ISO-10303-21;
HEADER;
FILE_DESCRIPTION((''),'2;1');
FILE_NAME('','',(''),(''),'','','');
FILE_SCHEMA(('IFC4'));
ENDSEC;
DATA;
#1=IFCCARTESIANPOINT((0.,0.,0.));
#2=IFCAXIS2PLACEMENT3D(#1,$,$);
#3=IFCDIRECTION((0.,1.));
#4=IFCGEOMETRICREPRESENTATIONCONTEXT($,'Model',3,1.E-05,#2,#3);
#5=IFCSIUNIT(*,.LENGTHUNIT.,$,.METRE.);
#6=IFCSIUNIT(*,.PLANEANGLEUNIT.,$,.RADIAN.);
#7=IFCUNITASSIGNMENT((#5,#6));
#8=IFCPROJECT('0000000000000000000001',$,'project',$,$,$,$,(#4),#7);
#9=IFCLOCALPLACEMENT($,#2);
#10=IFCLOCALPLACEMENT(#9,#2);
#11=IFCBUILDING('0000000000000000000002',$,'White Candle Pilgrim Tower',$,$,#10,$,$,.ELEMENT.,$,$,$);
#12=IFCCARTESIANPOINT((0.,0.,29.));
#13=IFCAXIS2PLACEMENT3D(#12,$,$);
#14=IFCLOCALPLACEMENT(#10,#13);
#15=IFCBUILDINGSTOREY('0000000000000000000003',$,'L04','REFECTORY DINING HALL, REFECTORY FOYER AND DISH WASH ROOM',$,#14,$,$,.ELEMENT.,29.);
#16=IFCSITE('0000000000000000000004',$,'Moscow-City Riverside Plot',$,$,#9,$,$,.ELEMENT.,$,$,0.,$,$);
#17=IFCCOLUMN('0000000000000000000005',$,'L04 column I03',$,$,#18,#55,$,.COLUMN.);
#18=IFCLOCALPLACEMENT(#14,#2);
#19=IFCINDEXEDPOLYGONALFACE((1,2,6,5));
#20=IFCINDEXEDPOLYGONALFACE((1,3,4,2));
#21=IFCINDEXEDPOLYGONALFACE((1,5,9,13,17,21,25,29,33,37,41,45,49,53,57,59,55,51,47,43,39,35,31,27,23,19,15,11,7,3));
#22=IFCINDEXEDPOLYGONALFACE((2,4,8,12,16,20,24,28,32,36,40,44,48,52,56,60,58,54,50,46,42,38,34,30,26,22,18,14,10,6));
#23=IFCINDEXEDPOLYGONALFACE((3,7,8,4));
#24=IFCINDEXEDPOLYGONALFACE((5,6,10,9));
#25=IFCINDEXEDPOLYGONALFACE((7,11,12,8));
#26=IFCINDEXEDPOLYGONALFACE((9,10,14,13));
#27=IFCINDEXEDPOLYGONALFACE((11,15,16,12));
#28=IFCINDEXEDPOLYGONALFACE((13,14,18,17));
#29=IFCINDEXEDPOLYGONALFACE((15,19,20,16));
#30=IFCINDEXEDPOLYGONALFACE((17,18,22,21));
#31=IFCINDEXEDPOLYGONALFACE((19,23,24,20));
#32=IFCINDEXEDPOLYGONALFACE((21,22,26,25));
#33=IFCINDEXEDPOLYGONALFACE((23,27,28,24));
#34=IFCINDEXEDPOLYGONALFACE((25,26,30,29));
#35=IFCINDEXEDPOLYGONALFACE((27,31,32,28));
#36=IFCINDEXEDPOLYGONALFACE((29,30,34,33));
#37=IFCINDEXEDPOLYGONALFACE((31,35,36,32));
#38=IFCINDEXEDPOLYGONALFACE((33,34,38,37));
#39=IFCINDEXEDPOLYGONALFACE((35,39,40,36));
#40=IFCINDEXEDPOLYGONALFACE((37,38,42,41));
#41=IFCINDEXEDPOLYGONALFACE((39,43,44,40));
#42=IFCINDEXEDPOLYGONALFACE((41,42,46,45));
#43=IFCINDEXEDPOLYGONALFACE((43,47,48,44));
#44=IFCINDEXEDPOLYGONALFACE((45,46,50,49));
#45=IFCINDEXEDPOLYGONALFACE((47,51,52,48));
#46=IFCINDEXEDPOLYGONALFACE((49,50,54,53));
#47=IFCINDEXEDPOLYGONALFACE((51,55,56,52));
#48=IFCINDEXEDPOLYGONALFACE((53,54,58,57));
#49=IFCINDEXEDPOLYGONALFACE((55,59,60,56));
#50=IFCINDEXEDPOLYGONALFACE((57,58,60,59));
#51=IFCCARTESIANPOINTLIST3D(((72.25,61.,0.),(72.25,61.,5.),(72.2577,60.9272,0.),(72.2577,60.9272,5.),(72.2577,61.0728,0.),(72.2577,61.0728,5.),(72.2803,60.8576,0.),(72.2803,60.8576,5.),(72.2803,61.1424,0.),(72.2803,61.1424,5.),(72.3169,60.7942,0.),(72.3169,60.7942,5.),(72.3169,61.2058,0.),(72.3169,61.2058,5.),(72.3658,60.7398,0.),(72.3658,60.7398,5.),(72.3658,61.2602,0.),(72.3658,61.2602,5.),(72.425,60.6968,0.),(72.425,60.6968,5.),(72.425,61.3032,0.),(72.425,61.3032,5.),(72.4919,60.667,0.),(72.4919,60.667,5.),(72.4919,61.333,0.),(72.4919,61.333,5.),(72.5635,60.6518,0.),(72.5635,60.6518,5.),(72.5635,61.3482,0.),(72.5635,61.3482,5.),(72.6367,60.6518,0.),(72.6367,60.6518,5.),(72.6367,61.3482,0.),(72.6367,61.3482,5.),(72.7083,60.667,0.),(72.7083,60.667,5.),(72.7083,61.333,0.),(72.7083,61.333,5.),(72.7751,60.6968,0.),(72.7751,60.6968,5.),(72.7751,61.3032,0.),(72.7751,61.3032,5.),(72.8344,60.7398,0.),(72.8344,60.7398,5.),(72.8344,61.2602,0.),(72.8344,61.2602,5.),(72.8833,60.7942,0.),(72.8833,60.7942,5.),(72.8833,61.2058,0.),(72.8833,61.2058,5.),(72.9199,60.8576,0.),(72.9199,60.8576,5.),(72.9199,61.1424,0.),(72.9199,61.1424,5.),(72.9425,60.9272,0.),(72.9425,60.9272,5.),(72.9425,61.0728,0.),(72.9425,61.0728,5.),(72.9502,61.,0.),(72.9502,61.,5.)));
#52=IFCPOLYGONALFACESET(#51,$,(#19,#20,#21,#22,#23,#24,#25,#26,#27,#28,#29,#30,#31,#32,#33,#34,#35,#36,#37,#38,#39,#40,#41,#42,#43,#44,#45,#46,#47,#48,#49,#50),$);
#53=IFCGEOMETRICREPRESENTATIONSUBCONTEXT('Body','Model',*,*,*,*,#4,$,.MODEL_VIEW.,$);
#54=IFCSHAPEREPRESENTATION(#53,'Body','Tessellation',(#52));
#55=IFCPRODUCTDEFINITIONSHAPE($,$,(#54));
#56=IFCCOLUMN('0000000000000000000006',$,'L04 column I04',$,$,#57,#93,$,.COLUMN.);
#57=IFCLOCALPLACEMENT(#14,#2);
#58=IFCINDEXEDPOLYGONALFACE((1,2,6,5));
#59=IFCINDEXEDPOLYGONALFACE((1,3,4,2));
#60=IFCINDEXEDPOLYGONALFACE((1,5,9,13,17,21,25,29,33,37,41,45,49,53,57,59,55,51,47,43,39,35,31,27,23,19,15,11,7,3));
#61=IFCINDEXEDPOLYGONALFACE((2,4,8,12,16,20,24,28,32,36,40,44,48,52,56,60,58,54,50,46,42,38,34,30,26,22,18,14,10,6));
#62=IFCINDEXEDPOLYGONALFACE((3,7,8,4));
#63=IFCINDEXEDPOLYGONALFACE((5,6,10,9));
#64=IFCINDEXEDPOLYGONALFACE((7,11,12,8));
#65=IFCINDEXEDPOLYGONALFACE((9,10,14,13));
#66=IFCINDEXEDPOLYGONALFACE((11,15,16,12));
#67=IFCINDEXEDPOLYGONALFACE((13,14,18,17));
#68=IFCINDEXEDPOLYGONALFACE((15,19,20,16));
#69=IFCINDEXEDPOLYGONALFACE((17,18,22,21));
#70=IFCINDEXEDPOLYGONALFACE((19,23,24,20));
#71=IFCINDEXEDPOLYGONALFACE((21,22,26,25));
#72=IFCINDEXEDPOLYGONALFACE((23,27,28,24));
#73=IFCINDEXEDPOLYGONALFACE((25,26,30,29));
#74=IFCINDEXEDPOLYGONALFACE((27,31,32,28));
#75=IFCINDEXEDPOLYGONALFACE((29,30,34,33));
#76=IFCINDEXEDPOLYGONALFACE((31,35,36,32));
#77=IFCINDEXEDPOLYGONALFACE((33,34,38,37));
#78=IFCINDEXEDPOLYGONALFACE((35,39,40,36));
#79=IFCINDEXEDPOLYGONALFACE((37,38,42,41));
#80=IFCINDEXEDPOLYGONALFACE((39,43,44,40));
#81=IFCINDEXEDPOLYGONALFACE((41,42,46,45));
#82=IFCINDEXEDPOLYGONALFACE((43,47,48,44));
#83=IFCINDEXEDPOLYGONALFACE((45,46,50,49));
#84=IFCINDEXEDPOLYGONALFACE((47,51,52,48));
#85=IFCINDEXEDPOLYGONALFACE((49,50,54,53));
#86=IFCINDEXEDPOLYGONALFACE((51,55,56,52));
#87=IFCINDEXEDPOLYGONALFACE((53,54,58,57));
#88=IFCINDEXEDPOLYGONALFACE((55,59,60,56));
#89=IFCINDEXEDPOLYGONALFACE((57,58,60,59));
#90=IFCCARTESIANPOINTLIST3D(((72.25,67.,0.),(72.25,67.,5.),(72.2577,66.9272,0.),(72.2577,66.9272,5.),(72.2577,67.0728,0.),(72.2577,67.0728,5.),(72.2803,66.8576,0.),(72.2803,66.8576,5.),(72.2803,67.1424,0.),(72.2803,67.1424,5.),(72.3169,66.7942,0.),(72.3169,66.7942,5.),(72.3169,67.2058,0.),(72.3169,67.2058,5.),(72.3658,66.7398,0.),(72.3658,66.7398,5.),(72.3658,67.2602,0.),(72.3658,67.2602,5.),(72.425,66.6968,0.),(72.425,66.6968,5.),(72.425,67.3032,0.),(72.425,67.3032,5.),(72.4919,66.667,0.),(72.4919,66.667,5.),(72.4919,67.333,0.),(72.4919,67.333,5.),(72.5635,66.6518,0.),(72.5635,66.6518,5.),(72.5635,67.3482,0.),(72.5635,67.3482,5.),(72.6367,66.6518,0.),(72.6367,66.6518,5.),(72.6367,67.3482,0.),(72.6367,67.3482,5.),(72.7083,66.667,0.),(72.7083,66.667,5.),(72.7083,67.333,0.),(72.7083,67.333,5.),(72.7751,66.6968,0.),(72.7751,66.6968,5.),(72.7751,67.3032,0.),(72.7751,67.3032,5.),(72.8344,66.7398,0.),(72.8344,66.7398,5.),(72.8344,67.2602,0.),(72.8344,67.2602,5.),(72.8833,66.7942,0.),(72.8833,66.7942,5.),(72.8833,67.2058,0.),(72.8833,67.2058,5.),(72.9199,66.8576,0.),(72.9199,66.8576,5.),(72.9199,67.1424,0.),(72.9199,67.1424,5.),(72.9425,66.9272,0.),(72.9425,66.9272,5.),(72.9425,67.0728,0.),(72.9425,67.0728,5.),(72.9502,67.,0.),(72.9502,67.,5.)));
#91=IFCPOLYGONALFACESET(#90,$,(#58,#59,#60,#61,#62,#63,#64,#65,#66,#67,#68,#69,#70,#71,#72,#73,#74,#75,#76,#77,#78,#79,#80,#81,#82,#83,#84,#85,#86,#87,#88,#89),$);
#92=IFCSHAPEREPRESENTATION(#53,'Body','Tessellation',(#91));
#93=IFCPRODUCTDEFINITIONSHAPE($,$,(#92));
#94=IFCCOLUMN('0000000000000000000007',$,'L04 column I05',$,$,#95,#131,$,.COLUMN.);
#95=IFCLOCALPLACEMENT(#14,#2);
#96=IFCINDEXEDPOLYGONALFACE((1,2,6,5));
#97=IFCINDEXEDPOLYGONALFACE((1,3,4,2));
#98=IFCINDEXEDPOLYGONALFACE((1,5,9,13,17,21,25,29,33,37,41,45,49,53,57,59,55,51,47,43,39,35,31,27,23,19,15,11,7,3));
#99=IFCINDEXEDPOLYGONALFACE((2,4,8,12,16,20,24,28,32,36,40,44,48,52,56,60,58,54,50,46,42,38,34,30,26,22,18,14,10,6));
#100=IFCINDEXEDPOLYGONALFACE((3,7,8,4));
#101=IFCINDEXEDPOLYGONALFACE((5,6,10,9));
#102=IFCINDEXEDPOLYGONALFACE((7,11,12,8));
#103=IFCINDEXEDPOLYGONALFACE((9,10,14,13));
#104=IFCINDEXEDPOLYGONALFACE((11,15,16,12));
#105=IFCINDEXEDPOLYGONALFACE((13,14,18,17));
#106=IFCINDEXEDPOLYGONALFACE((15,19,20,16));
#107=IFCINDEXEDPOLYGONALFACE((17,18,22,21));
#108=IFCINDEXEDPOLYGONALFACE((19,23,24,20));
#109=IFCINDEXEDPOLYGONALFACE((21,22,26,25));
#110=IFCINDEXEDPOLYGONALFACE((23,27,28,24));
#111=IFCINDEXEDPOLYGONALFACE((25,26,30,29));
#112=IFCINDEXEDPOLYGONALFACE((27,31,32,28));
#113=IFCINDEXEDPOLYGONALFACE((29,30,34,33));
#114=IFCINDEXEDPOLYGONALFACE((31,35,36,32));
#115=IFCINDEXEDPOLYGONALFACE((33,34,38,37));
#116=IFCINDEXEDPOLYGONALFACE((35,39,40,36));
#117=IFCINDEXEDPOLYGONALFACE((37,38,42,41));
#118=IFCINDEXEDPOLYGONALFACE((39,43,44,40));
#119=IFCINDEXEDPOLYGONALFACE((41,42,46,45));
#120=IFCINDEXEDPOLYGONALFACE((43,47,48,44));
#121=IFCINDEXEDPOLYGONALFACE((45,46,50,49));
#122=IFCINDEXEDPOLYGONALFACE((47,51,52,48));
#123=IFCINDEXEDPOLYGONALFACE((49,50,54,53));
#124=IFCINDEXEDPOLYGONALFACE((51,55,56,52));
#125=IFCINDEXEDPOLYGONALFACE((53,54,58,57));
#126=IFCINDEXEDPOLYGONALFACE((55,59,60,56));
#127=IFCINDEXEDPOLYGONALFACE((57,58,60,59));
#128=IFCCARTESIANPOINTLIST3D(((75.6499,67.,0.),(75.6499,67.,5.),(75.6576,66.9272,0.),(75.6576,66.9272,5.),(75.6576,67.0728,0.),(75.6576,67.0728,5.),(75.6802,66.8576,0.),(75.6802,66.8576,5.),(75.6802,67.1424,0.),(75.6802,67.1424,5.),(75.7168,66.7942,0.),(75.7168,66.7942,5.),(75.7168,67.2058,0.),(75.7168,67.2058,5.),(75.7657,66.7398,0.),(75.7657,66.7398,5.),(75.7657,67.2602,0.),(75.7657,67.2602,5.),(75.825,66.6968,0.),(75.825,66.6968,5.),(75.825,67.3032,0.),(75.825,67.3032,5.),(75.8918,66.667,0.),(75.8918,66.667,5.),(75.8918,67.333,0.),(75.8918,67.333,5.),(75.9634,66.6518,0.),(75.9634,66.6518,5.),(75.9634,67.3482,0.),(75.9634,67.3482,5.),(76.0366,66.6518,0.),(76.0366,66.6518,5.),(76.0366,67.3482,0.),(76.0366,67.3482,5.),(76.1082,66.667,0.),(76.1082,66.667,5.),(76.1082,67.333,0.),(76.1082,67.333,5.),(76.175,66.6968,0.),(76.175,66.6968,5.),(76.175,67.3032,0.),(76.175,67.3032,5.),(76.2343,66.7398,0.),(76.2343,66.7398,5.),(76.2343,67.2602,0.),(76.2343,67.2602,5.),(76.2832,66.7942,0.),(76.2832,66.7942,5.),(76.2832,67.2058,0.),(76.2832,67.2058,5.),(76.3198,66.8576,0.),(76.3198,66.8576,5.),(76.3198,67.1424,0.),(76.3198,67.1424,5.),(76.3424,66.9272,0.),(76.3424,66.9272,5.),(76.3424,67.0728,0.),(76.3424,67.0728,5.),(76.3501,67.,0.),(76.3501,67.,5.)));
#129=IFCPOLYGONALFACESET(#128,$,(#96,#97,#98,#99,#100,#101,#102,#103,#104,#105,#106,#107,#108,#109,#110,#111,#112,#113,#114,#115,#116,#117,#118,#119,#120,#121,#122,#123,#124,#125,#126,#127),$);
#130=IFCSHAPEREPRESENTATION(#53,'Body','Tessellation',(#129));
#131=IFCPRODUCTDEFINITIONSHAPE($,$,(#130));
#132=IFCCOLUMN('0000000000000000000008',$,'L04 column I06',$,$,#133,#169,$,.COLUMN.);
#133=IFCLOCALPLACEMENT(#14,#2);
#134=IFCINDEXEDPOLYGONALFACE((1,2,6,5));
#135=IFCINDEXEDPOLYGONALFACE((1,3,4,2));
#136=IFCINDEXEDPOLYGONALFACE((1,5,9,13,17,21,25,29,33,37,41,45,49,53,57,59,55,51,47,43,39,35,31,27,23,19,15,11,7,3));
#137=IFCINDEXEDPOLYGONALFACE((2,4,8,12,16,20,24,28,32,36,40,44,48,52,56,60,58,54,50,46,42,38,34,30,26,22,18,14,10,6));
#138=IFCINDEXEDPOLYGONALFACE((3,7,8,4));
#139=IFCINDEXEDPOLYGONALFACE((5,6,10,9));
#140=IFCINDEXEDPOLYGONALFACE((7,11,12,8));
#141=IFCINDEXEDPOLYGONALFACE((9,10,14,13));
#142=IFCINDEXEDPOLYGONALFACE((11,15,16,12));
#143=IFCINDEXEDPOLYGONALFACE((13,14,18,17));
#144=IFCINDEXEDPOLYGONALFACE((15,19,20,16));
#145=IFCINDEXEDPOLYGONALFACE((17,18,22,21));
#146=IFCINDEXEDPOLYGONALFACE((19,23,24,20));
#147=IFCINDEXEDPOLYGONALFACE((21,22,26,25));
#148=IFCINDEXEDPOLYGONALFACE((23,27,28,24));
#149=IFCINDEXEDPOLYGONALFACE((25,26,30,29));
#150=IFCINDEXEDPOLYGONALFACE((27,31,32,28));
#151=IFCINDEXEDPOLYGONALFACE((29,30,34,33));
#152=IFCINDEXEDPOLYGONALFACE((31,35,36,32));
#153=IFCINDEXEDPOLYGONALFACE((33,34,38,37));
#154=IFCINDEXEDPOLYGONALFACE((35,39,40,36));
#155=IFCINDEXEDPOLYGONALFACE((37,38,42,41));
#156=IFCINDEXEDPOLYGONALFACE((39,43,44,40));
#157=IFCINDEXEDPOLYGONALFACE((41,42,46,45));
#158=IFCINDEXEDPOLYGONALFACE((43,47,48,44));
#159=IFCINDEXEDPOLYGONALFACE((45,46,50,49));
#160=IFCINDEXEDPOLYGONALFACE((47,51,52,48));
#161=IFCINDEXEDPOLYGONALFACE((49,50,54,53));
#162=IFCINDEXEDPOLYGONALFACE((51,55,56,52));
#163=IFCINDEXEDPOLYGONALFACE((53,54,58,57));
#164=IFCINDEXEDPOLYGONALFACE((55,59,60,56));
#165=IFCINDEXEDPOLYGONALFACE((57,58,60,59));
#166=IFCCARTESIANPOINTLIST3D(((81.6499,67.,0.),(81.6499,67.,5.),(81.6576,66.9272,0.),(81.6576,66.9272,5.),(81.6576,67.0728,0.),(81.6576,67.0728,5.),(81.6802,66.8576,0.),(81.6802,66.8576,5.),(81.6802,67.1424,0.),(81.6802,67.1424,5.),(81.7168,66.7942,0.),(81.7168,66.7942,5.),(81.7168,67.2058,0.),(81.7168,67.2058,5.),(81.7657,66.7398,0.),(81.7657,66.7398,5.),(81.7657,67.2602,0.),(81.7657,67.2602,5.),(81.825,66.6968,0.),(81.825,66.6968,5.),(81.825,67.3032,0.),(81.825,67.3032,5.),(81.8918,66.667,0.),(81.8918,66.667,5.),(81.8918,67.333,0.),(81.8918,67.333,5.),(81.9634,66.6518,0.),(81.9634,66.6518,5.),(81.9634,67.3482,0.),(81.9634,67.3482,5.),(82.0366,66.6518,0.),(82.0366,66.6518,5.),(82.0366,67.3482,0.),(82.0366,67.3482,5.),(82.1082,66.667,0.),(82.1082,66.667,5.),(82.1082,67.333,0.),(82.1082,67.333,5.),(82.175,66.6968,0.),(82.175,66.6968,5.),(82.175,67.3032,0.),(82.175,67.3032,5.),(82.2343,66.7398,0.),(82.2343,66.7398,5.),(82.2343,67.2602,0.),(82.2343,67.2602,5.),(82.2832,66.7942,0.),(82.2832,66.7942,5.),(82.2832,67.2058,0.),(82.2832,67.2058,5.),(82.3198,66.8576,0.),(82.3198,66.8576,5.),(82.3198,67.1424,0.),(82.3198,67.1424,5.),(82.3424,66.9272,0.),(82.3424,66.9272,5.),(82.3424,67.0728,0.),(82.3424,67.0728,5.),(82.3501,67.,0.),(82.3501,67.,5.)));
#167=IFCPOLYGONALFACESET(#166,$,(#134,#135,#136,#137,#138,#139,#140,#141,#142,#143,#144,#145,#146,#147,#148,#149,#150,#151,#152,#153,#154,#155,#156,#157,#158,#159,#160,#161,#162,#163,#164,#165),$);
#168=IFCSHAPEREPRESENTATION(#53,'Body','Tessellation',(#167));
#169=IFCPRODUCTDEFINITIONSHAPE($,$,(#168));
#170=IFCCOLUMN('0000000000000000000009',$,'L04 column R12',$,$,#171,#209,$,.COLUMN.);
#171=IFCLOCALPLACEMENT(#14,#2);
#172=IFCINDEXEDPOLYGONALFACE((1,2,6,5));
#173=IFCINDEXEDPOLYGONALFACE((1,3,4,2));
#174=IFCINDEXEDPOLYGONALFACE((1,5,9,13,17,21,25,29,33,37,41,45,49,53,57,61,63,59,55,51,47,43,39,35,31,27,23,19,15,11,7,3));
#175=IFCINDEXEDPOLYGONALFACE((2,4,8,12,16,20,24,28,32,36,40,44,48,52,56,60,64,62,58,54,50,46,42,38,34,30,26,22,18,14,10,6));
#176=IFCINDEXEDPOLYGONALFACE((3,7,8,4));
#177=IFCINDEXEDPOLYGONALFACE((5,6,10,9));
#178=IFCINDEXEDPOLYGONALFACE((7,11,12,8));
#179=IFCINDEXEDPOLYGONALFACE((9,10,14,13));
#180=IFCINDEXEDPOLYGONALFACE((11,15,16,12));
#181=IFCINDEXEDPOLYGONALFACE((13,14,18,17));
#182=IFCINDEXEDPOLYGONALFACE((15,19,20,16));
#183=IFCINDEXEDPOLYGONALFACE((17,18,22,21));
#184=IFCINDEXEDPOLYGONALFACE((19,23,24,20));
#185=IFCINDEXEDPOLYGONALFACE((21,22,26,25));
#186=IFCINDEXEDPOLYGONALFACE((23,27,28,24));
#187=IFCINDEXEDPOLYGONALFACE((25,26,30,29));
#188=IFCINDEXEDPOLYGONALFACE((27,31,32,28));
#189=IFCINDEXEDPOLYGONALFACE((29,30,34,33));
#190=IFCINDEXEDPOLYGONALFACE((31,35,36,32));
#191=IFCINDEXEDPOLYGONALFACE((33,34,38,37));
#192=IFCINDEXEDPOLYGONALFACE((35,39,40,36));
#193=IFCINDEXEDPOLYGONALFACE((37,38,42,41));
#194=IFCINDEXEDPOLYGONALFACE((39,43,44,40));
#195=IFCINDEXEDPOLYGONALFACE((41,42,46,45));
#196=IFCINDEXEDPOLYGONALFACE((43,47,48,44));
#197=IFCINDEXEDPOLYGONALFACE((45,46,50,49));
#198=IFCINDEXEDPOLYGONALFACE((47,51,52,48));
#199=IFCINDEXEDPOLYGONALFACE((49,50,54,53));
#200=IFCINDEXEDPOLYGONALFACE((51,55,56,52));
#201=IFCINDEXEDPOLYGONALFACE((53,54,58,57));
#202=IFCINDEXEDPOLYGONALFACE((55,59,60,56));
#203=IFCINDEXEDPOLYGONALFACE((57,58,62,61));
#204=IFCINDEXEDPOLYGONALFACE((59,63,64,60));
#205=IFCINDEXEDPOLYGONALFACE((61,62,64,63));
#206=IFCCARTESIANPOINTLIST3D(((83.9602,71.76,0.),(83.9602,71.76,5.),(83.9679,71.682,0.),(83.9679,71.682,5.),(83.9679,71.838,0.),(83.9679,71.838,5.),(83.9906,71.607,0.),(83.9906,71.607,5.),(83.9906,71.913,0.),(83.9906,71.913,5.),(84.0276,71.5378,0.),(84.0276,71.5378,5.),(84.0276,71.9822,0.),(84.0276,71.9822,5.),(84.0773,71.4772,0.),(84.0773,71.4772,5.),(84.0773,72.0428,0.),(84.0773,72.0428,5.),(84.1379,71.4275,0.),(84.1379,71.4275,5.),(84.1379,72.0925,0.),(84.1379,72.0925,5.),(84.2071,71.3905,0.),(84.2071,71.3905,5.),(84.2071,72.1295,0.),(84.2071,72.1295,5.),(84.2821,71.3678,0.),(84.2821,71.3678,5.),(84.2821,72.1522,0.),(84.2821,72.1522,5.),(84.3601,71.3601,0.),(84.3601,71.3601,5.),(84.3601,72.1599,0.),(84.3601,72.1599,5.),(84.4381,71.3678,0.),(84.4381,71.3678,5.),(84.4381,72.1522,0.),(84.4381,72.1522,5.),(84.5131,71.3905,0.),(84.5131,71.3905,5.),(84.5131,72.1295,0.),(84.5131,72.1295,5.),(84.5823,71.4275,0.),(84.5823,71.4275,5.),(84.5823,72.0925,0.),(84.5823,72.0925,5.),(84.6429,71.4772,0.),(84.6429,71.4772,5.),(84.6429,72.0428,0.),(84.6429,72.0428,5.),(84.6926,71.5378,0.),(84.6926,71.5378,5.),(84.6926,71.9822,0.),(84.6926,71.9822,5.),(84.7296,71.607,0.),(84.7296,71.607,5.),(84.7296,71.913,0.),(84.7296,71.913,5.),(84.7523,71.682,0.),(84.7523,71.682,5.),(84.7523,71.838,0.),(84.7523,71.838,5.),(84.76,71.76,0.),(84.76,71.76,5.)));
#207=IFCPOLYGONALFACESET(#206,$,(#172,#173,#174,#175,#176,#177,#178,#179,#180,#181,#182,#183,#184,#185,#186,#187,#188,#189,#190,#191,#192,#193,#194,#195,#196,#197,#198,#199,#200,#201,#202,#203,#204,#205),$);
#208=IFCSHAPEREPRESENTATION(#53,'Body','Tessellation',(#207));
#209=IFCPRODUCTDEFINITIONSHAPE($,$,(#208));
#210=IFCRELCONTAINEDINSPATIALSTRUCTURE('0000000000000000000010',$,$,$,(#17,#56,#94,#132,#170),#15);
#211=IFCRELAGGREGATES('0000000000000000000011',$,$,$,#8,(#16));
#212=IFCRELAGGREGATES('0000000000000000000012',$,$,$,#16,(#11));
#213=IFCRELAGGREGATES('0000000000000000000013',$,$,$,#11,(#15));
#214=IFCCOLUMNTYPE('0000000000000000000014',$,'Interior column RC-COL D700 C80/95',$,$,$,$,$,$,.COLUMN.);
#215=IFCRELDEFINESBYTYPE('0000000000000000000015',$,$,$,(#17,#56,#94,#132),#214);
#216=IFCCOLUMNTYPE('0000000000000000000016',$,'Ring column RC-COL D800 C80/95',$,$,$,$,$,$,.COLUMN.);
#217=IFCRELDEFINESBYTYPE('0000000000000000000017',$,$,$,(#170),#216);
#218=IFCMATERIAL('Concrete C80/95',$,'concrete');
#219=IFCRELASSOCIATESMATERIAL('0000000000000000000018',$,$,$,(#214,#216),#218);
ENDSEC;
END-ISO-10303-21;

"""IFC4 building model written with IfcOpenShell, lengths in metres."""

from ifc_helpers import new_model, si_unit, direction, frame, origin, origin_2d, place, context, subcontext, project, spatial, circle, extrude, material, material_profile, profile_set, type_object, element, save


model = new_model("IFC4")

# Units and contexts
model_context = context("Model", 3, precision=1e-05, world=origin(), true_north=direction((0.0, 1.0)))
body_context = subcontext(model_context, "Body", "Model", "MODEL_VIEW")
ifc_project = project(units=[si_unit("LENGTHUNIT", "METRE"), si_unit("PLANEANGLEUNIT", "RADIAN")], contexts=[model_context])

# Site, building, storey
site_placement = place(None, origin())
site = spatial("IfcSite", under=ifc_project, at=site_placement, Name="Moscow-City Riverside Plot", CompositionType="ELEMENT", RefElevation=0.0)
building_placement = place(site_placement, origin())
building = spatial("IfcBuilding", under=site, at=building_placement, Name="White Candle Pilgrim Tower", CompositionType="ELEMENT")
storey_placement = place(building_placement, frame((0.0, 0.0, 29.0)))
storey = spatial("IfcBuildingStorey", under=building, at=storey_placement, Name="L04", Description="REFECTORY DINING HALL, REFECTORY FOYER AND DISH WASH ROOM", CompositionType="ELEMENT", Elevation=29.0)

# Columns
ifc_material_1 = material(Name="Concrete C80/95", Category="concrete")
ifc_material_profile_1 = material_profile(ifc_material_1, circle(Radius=0.3501, at=origin_2d()), Name="RC-COL D700")
ifc_profile_set_1 = profile_set([ifc_material_profile_1], Name="Concrete C80/95")
column_type_1 = type_object("IfcColumnType", Name="Interior column RC-COL D700 C80/95", PredefinedType="COLUMN", material=ifc_profile_set_1)
for number, where, z_axis, x_axis, name in (
    (1, (72.6001, 61.0, 0.0), (0.0, 0.0, 1.0), (1.0, 0.0, 0.0), "L04 column I03"),
    (2, (72.6001, 67.0, 0.0), (0.0, 0.0, 1.0), (1.0, 0.0, 0.0), "L04 column I04"),
    (3, (76.0, 67.0, 0.0), (0.0, 0.0, 1.0), (1.0, 0.0, 0.0), "L04 column I05"),
    (4, (82.0, 67.0, 0.0), (0.0, 0.0, 1.0), (1.0, 0.0, 0.0), "L04 column I06"),
):
    element("IfcColumn", number, at=place(storey_placement, frame(where, z_axis=z_axis, x_axis=x_axis)), inside=storey, type_object=column_type_1, Name=name, PredefinedType="COLUMN", context=body_context, shape_type="SweptSolid", body=[
        extrude(circle(Radius=0.3501, at=origin_2d()), origin(), (0.0, 0.0, 1.0), 5.0),
    ])
ifc_material_profile_2 = material_profile(ifc_material_1, circle(Radius=0.3999, at=origin_2d()), Name="RC-COL D800")
ifc_profile_set_2 = profile_set([ifc_material_profile_2], Name="Concrete C80/95")
column_type_2 = type_object("IfcColumnType", Name="Ring column RC-COL D800 C80/95", PredefinedType="COLUMN", material=ifc_profile_set_2)
column_placement = place(storey_placement, frame((84.3601, 71.76, 0.0), z_axis=(0.0, 0.0, 1.0), x_axis=(1.0, 0.0, 0.0)))
element("IfcColumn", 5, at=column_placement, inside=storey, type_object=column_type_2, Name="L04 column R12", PredefinedType="COLUMN", context=body_context, shape_type="SweptSolid", body=[
    extrude(circle(Radius=0.3999, at=origin_2d()), origin(), (0.0, 0.0, 1.0), 5.0),
])

save(model, "model.ifc")
